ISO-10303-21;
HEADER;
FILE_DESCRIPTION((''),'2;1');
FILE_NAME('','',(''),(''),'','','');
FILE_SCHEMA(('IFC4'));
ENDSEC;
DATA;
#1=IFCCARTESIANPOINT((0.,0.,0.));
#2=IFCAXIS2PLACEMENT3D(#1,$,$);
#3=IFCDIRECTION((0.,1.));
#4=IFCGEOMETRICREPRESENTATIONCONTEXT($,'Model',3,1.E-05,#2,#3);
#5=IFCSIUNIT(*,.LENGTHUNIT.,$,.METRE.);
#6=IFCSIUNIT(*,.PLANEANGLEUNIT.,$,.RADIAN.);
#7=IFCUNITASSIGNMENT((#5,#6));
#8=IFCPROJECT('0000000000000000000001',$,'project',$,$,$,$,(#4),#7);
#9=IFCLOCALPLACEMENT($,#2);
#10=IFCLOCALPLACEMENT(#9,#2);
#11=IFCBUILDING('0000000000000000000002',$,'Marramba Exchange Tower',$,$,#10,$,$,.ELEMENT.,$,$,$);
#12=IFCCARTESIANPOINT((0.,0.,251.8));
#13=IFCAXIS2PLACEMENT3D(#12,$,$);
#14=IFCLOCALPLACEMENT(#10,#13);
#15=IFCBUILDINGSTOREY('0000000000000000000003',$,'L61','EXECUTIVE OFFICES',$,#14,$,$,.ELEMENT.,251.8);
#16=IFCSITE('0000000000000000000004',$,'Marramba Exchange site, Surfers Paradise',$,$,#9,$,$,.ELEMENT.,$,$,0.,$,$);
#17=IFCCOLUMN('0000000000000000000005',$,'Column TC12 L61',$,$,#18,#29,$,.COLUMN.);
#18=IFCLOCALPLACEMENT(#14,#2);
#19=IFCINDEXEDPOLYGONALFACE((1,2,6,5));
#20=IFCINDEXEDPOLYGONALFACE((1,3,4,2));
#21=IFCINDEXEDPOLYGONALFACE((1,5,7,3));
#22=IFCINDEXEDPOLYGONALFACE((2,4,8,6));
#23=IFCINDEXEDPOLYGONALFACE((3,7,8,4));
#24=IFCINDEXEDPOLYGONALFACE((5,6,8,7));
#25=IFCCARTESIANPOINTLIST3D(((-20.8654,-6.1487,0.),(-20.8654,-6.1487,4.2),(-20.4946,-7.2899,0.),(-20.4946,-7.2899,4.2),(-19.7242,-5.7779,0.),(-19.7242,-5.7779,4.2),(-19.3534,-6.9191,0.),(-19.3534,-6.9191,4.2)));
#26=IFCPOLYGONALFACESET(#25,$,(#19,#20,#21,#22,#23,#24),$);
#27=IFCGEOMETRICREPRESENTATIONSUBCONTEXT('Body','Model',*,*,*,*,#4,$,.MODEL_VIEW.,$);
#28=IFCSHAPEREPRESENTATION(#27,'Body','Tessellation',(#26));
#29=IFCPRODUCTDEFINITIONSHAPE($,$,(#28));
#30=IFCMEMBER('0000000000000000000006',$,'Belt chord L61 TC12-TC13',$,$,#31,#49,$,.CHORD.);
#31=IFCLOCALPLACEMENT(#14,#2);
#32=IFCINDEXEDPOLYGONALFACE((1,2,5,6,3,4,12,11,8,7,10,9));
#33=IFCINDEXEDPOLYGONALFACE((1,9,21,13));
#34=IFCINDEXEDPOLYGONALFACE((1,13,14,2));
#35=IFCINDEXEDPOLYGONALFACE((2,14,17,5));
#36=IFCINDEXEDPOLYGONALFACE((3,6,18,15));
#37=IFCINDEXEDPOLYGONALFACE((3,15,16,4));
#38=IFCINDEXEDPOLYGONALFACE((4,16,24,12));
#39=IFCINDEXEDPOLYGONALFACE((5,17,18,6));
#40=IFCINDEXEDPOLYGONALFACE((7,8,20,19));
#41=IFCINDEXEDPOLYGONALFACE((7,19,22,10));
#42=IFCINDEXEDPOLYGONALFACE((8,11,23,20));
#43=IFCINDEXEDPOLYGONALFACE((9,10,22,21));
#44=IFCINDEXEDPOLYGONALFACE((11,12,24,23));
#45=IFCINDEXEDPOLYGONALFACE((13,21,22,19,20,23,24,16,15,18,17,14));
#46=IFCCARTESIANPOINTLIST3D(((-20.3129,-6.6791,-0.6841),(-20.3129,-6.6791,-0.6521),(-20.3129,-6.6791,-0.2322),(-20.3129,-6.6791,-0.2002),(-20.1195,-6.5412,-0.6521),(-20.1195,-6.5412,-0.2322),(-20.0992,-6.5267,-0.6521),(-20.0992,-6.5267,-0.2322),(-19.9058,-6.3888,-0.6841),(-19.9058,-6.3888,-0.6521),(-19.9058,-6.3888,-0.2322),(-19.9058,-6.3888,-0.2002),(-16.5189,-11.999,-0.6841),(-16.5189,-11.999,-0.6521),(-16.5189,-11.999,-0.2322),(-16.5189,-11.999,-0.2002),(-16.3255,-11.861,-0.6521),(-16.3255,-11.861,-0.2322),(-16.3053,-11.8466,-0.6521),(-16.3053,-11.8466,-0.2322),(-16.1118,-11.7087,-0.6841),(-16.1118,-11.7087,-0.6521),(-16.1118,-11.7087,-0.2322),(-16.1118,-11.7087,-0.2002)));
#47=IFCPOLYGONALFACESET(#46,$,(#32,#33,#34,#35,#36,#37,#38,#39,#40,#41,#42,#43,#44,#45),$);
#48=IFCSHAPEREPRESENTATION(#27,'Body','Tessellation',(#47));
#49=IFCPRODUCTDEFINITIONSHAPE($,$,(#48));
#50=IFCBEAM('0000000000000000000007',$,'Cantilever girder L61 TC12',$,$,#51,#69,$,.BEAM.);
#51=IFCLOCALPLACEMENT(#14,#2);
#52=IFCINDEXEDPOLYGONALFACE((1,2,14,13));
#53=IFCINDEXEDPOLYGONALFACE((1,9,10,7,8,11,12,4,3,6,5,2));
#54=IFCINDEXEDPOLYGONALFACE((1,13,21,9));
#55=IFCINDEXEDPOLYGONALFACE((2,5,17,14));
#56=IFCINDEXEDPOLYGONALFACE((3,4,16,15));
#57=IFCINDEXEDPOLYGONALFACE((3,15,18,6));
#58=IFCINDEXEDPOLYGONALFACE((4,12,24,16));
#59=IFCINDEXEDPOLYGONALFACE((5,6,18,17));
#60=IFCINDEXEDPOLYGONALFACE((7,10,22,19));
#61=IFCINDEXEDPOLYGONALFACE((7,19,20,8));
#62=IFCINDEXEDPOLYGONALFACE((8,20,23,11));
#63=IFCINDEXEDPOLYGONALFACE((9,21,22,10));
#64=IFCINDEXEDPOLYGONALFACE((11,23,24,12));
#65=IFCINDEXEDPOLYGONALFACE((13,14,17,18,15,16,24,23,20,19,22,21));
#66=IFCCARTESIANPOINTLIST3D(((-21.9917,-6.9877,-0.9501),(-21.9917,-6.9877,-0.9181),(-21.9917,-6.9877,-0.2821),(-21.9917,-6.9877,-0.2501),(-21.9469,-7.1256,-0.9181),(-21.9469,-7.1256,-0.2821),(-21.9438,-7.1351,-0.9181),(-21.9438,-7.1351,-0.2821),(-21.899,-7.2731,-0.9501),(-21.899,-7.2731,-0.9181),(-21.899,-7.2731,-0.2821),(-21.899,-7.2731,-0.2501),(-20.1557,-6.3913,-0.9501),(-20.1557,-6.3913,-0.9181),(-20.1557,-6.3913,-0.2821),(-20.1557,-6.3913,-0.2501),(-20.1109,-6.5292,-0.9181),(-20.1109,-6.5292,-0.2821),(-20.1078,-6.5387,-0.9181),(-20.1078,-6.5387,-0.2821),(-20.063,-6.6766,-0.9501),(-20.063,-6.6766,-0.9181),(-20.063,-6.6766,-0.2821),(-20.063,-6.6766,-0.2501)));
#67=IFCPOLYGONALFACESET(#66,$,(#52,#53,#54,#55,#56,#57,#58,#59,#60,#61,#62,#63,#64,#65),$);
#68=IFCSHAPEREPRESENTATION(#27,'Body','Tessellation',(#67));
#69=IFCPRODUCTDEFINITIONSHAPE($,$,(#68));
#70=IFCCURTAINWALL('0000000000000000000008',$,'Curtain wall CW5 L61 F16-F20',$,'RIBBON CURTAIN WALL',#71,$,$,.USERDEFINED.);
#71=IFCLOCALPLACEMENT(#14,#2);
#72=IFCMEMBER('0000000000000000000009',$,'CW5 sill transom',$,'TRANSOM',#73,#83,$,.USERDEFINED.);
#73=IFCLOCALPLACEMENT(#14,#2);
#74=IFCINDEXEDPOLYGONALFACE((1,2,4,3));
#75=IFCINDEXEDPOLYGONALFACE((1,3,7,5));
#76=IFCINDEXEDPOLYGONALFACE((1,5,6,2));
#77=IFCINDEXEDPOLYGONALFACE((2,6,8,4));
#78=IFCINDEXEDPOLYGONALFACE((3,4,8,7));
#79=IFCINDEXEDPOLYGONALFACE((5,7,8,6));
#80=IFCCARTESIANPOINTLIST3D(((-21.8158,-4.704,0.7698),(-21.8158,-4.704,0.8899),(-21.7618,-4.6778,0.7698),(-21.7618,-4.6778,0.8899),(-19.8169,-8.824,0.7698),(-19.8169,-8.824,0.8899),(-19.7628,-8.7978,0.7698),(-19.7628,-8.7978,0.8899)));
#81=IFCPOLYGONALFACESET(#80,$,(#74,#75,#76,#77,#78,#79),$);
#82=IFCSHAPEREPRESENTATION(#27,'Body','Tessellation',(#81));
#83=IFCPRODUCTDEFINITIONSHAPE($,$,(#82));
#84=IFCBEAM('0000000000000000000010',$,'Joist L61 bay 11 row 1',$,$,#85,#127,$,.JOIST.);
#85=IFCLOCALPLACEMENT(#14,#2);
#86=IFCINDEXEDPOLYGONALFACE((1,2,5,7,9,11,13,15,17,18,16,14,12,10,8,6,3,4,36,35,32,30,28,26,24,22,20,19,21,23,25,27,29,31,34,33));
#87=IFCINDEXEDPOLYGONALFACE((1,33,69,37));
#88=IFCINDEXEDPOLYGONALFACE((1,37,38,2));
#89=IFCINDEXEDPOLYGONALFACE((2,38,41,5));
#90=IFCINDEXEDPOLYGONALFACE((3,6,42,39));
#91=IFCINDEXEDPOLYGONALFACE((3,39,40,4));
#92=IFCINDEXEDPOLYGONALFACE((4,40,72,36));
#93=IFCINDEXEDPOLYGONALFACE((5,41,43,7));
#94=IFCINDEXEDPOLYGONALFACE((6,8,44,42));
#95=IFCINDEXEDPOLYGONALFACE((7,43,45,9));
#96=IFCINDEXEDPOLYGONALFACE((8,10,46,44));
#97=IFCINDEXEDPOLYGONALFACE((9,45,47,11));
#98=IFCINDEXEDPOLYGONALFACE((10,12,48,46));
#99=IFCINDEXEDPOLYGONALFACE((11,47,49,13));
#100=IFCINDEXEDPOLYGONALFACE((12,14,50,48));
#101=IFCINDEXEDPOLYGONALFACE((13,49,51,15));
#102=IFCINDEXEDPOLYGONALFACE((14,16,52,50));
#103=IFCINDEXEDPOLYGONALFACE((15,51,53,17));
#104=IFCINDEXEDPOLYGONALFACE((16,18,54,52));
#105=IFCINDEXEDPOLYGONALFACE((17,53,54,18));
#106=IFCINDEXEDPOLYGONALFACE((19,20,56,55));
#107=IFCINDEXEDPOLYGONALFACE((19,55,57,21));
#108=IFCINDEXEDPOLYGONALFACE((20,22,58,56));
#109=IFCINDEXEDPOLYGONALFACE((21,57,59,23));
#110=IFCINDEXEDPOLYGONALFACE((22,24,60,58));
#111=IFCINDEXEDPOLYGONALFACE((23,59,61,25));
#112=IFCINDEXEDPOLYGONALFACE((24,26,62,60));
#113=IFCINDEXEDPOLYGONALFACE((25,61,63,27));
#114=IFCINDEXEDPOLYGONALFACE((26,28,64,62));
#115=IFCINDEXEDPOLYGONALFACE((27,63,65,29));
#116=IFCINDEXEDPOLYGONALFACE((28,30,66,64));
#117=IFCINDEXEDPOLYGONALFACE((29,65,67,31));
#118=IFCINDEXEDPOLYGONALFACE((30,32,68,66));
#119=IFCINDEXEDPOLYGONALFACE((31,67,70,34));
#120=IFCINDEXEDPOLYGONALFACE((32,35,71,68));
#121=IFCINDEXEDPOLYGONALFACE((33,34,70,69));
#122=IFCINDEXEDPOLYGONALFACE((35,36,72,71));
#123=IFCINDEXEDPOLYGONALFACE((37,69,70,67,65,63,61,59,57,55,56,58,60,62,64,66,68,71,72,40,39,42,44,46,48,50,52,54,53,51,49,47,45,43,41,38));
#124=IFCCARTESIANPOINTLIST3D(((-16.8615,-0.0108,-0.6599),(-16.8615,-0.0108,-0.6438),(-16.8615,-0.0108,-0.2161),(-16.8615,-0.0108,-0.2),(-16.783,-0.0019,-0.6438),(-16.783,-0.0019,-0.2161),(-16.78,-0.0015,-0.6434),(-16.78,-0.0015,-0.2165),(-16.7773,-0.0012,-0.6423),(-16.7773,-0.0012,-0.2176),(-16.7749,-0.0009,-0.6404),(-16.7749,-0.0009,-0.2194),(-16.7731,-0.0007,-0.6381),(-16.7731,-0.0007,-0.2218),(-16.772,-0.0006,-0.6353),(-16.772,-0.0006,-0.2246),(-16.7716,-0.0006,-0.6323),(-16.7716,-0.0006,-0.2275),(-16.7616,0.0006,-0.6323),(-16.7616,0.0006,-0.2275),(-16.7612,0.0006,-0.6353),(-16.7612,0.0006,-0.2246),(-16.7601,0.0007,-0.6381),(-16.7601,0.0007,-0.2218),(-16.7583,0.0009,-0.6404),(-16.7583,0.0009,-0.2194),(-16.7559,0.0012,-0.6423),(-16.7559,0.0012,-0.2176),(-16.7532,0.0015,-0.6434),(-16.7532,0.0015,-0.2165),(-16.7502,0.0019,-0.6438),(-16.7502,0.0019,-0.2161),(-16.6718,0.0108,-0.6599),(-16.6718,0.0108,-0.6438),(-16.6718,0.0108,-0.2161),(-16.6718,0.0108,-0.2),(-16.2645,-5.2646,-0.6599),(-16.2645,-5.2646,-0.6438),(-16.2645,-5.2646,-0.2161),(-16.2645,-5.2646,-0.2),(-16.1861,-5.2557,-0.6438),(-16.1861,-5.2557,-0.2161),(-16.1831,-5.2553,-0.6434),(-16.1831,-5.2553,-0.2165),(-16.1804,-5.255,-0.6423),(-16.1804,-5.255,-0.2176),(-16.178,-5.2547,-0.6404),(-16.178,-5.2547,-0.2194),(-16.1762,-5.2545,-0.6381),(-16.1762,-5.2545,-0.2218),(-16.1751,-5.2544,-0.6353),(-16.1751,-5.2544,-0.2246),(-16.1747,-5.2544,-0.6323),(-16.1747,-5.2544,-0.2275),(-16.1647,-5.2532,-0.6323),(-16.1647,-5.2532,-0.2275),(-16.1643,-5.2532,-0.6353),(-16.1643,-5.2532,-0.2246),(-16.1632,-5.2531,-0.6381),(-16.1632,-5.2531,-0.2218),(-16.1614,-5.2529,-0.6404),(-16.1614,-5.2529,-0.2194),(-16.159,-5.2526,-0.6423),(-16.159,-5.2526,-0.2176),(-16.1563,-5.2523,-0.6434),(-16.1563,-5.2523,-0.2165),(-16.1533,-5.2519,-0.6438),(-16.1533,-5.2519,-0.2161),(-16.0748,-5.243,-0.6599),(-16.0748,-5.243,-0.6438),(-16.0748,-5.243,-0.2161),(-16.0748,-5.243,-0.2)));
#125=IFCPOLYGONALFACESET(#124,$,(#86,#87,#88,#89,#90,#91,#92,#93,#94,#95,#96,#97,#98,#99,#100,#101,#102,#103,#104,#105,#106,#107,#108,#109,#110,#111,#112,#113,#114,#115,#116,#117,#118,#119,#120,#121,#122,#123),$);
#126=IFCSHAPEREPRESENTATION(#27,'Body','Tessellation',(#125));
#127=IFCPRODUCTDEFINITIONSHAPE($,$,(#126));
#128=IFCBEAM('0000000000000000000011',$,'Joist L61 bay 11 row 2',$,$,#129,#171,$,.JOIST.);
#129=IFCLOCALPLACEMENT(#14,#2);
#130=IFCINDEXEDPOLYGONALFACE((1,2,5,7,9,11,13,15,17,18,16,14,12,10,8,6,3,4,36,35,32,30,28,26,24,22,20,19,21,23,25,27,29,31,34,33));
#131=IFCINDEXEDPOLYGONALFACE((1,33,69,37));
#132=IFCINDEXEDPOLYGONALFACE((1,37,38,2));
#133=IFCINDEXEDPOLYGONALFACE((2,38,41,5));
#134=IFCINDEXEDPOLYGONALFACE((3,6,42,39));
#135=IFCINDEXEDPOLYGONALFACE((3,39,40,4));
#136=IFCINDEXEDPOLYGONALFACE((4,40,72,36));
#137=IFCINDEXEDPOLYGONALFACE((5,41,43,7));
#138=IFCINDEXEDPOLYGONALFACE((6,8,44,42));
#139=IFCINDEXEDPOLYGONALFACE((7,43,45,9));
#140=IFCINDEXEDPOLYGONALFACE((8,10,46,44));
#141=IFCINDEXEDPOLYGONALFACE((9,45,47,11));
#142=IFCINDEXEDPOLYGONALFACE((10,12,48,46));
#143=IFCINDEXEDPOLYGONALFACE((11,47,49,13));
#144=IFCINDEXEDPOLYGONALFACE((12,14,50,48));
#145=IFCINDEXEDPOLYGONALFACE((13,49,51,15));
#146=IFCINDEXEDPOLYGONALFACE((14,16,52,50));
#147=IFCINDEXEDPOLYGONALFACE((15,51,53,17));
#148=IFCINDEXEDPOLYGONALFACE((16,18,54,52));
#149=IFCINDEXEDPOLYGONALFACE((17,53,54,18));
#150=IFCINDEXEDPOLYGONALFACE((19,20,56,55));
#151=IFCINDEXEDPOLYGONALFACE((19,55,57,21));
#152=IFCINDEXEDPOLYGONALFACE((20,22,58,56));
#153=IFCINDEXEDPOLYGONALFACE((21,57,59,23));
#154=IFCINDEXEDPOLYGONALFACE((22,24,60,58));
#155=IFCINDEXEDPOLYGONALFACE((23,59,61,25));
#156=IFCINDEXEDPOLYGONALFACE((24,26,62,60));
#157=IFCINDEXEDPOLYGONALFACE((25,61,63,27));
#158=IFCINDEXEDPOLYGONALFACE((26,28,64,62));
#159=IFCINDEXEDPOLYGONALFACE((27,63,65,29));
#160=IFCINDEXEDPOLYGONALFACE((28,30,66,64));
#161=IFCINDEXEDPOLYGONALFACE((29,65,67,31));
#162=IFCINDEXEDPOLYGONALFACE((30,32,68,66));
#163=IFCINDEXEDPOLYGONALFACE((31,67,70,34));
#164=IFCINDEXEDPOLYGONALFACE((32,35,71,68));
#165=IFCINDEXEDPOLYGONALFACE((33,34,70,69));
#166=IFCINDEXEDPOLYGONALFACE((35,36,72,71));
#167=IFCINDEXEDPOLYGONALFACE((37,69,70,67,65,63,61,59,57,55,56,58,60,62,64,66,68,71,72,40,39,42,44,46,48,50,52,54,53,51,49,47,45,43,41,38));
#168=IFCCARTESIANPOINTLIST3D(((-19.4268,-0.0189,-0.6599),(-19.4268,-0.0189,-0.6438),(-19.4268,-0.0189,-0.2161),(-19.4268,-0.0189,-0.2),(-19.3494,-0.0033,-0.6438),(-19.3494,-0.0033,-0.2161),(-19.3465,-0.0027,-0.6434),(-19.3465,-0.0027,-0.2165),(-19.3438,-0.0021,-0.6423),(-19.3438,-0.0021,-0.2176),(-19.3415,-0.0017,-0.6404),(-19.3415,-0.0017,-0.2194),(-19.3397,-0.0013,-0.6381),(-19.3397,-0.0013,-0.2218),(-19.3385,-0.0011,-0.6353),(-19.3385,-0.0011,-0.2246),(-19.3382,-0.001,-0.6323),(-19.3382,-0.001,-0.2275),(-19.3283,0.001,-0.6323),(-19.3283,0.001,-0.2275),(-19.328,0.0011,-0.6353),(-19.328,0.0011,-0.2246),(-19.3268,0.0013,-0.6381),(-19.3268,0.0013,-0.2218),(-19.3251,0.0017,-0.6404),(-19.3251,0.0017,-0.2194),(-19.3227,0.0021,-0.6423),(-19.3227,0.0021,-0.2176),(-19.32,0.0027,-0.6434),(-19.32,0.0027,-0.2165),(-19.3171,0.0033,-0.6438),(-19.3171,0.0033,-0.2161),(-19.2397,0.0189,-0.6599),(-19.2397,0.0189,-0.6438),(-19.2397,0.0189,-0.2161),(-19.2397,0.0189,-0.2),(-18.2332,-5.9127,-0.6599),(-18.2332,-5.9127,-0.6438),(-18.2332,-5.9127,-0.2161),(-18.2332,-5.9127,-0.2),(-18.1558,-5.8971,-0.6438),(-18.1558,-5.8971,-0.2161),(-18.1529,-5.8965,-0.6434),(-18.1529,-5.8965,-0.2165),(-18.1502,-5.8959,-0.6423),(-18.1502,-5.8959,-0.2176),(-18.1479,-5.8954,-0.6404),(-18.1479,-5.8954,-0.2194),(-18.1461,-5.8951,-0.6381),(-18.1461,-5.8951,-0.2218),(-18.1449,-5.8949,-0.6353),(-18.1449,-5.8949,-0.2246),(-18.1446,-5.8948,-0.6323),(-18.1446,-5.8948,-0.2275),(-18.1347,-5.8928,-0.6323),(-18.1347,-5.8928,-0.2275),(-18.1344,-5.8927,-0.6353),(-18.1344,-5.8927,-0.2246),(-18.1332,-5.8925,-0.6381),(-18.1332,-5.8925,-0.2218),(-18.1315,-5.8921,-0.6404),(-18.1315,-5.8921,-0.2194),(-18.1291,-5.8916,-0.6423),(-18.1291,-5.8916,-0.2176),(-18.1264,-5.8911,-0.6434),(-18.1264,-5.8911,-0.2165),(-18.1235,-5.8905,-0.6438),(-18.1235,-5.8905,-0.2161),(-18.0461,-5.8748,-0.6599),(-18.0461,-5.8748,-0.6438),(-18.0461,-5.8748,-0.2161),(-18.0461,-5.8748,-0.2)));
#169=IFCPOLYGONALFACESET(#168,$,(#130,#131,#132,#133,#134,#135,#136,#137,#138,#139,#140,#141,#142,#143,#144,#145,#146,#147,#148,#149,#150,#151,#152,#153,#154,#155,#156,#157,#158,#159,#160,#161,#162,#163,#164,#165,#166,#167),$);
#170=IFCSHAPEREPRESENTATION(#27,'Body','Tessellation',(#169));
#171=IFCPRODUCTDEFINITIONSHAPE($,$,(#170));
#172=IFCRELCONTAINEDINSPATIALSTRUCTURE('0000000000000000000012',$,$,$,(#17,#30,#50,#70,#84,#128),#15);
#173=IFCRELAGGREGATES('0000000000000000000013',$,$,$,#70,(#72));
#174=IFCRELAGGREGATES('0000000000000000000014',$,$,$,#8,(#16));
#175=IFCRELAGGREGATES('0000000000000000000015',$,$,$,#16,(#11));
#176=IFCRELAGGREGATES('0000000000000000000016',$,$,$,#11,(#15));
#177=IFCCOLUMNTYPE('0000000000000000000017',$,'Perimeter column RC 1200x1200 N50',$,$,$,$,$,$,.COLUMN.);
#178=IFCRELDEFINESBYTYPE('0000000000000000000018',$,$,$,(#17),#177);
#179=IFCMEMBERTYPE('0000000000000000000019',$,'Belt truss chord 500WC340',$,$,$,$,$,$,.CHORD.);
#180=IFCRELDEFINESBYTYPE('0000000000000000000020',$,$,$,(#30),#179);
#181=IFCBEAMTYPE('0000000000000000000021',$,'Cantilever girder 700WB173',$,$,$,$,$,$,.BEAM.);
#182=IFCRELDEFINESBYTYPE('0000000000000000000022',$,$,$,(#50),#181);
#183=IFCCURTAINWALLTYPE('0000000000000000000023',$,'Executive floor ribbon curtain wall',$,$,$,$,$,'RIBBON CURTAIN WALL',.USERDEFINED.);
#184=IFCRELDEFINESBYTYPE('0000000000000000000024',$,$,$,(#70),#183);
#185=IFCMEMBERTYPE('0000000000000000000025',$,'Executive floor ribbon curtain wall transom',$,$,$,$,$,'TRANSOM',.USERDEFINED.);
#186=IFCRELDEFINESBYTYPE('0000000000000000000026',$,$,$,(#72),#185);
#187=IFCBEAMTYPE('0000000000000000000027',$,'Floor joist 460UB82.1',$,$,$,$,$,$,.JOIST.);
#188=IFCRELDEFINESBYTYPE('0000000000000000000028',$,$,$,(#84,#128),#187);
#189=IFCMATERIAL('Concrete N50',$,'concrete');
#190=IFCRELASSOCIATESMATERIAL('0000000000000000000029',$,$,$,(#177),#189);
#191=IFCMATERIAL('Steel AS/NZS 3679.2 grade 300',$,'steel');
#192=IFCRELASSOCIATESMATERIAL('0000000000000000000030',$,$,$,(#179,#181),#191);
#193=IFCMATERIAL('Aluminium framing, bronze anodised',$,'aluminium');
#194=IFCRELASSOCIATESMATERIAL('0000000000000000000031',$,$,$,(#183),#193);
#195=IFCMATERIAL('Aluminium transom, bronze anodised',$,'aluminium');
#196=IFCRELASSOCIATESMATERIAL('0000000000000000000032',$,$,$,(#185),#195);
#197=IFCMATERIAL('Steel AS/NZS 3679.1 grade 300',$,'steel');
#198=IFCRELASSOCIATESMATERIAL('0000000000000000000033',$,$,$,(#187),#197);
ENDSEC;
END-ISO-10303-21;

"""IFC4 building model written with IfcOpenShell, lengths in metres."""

from ifc_helpers import new_model, si_unit, direction, frame, origin, origin_2d, place, context, subcontext, project, spatial, rectangle, i_section, extrude, material, material_profile, profile_set, type_object, element, aggregate, save


model = new_model("IFC4")

# Units and contexts
model_context = context("Model", 3, precision=1e-05, world=origin(), true_north=direction((0.0, 1.0)))
body_context = subcontext(model_context, "Body", "Model", "MODEL_VIEW")
ifc_project = project(units=[si_unit("LENGTHUNIT", "METRE"), si_unit("PLANEANGLEUNIT", "RADIAN")], contexts=[model_context])

# Site, building, storey
site_placement = place(None, origin())
site = spatial("IfcSite", under=ifc_project, at=site_placement, Name="Marramba Exchange site, Surfers Paradise", CompositionType="ELEMENT", RefElevation=0.0)
building_placement = place(site_placement, origin())
building = spatial("IfcBuilding", under=site, at=building_placement, Name="Marramba Exchange Tower", CompositionType="ELEMENT")
storey_placement = place(building_placement, frame((0.0, 0.0, 251.8)))
storey = spatial("IfcBuildingStorey", under=building, at=storey_placement, Name="L61", Description="EXECUTIVE OFFICES", CompositionType="ELEMENT", Elevation=251.8)

# Column
ifc_material_1 = material(Name="Concrete N50", Category="concrete")
ifc_material_profile_1 = material_profile(ifc_material_1, rectangle(XDim=1.2, YDim=1.2, at=origin_2d()), Name="RC 1200x1200")
ifc_profile_set_1 = profile_set([ifc_material_profile_1], Name="Concrete N50")
column_type = type_object("IfcColumnType", Name="Perimeter column RC 1200x1200 N50", PredefinedType="COLUMN", material=ifc_profile_set_1)
column_placement = place(storey_placement, frame((-20.1094, -6.5339, 0.0), z_axis=(0.0, 0.0, 1.0), x_axis=(-0.951057, -0.309017, 0.0)))
element("IfcColumn", 1, at=column_placement, inside=storey, type_object=column_type, Name="Column TC12 L61", PredefinedType="COLUMN", context=body_context, shape_type="SweptSolid", body=[
    extrude(rectangle(XDim=1.2, YDim=1.2, at=origin_2d()), origin(), (0.0, 0.0, 1.0), 4.2),
])

# Member
ifc_material_2 = material(Name="Steel AS/NZS 3679.2 grade 300", Category="steel")
ifc_material_profile_2 = material_profile(ifc_material_2, i_section(OverallWidth=0.5, OverallDepth=0.4839, WebThickness=0.0249, FlangeThickness=0.032, at=origin_2d()), Name="500WC340")
ifc_profile_set_2 = profile_set([ifc_material_profile_2], Name="Steel AS/NZS 3679.2 grade 300")
member_type_1 = type_object("IfcMemberType", Name="Belt truss chord 500WC340", PredefinedType="CHORD", material=ifc_profile_set_2)
member_1_placement = place(storey_placement, frame((-20.1094, -6.5339, -0.4421), z_axis=(0.580637, -0.814162, 0.0), x_axis=(0.814162, 0.580637, 0.0)))
element("IfcMember", 2, at=member_1_placement, inside=storey, type_object=member_type_1, Name="Belt chord L61 TC12-TC13", PredefinedType="CHORD", context=body_context, shape_type="SweptSolid", body=[
    extrude(i_section(OverallWidth=0.5, OverallDepth=0.4839, WebThickness=0.0249, FlangeThickness=0.032, at=origin_2d()), origin(), (0.0, 0.0, 1.0), 6.5342),
])

# Beam
ifc_material_profile_3 = material_profile(ifc_material_2, i_section(OverallWidth=0.3, OverallDepth=0.7, WebThickness=0.01, FlangeThickness=0.032, at=origin_2d()), Name="700WB173")
ifc_profile_set_3 = profile_set([ifc_material_profile_3], Name="Steel AS/NZS 3679.2 grade 300")
beam_type_1 = type_object("IfcBeamType", Name="Cantilever girder 700WB173", PredefinedType="BEAM", material=ifc_profile_set_3)
beam_1_placement = place(storey_placement, frame((-20.1094, -6.5339, -0.6001), z_axis=(-0.951071, -0.308972, 0.0), x_axis=(0.308972, -0.951071, 0.0)))
element("IfcBeam", 3, at=beam_1_placement, inside=storey, type_object=beam_type_1, Name="Cantilever girder L61 TC12", PredefinedType="BEAM", context=body_context, shape_type="SweptSolid", body=[
    extrude(i_section(OverallWidth=0.3, OverallDepth=0.7, WebThickness=0.01, FlangeThickness=0.032, at=origin_2d()), origin(), (0.0, 0.0, 1.0), 1.9304),
])

# Curtain wall, member
ifc_material_3 = material(Name="Aluminium framing, bronze anodised", Category="aluminium")
curtain_wall_type = type_object("IfcCurtainWallType", Name="Executive floor ribbon curtain wall", ElementType="RIBBON CURTAIN WALL", PredefinedType="USERDEFINED", material=ifc_material_3)
curtain_wall_placement = place(storey_placement, origin())
curtain_wall = element("IfcCurtainWall", 4, at=curtain_wall_placement, inside=storey, type_object=curtain_wall_type, Name="Curtain wall CW5 L61 F16-F20", ObjectType="RIBBON CURTAIN WALL", PredefinedType="USERDEFINED")
ifc_material_4 = material(Name="Aluminium transom, bronze anodised", Category="aluminium")
ifc_material_profile_4 = material_profile(ifc_material_4, rectangle(XDim=0.0601, YDim=0.1201, at=origin_2d()), Name="CW5 transom 60x120")
ifc_profile_set_4 = profile_set([ifc_material_profile_4], Name="Aluminium transom, bronze anodised")
member_type_2 = type_object("IfcMemberType", Name="Executive floor ribbon curtain wall transom", ElementType="TRANSOM", PredefinedType="USERDEFINED", material=ifc_profile_set_4)
member_2_placement = place(storey_placement, frame((-21.7888, -4.6909, 0.8298), z_axis=(0.436519, -0.899695, 0.0), x_axis=(0.899695, 0.436519, 0.0)))
member_2 = element("IfcMember", 5, at=member_2_placement, type_object=member_type_2, Name="CW5 sill transom", ObjectType="TRANSOM", PredefinedType="USERDEFINED", context=body_context, shape_type="SweptSolid", body=[
    extrude(rectangle(XDim=0.0601, YDim=0.1201, at=origin_2d()), origin(), (0.0, 0.0, 1.0), 4.5793),
])

# Beams
ifc_material_5 = material(Name="Steel AS/NZS 3679.1 grade 300", Category="steel")
ifc_material_profile_5 = material_profile(ifc_material_5, i_section(OverallWidth=0.1909, OverallDepth=0.46, WebThickness=0.01, FlangeThickness=0.0161, FilletRadius=0.0115, at=origin_2d()), Name="460UB82.1")
ifc_profile_set_5 = profile_set([ifc_material_profile_5], Name="Steel AS/NZS 3679.1 grade 300")
beam_type_2 = type_object("IfcBeamType", Name="Floor joist 460UB82.1", PredefinedType="JOIST", material=ifc_profile_set_5)
beam_2_placement = place(storey_placement, frame((-16.7666, 0.0, -0.4299), z_axis=(0.112889, -0.993608, 0.0), x_axis=(0.993608, 0.112889, 0.0)))
element("IfcBeam", 6, at=beam_2_placement, inside=storey, type_object=beam_type_2, Name="Joist L61 bay 11 row 1", PredefinedType="JOIST", context=body_context, shape_type="SweptSolid", body=[
    extrude(i_section(OverallWidth=0.1909, OverallDepth=0.46, WebThickness=0.01, FlangeThickness=0.0161, FilletRadius=0.0115, at=origin_2d()), origin(), (0.0, 0.0, 1.0), 5.2876),
])
beam_3_placement = place(storey_placement, frame((-19.3333, 0.0, -0.4299), z_axis=(0.198489, -0.980103, 0.0), x_axis=(0.980103, 0.198489, 0.0)))
element("IfcBeam", 7, at=beam_3_placement, inside=storey, type_object=beam_type_2, Name="Joist L61 bay 11 row 2", PredefinedType="JOIST", context=body_context, shape_type="SweptSolid", body=[
    extrude(i_section(OverallWidth=0.1909, OverallDepth=0.46, WebThickness=0.01, FlangeThickness=0.0161, FilletRadius=0.0115, at=origin_2d()), origin(), (0.0, 0.0, 1.0), 6.0134),
])

aggregate(curtain_wall, [member_2])

save(model, "model.ifc")
